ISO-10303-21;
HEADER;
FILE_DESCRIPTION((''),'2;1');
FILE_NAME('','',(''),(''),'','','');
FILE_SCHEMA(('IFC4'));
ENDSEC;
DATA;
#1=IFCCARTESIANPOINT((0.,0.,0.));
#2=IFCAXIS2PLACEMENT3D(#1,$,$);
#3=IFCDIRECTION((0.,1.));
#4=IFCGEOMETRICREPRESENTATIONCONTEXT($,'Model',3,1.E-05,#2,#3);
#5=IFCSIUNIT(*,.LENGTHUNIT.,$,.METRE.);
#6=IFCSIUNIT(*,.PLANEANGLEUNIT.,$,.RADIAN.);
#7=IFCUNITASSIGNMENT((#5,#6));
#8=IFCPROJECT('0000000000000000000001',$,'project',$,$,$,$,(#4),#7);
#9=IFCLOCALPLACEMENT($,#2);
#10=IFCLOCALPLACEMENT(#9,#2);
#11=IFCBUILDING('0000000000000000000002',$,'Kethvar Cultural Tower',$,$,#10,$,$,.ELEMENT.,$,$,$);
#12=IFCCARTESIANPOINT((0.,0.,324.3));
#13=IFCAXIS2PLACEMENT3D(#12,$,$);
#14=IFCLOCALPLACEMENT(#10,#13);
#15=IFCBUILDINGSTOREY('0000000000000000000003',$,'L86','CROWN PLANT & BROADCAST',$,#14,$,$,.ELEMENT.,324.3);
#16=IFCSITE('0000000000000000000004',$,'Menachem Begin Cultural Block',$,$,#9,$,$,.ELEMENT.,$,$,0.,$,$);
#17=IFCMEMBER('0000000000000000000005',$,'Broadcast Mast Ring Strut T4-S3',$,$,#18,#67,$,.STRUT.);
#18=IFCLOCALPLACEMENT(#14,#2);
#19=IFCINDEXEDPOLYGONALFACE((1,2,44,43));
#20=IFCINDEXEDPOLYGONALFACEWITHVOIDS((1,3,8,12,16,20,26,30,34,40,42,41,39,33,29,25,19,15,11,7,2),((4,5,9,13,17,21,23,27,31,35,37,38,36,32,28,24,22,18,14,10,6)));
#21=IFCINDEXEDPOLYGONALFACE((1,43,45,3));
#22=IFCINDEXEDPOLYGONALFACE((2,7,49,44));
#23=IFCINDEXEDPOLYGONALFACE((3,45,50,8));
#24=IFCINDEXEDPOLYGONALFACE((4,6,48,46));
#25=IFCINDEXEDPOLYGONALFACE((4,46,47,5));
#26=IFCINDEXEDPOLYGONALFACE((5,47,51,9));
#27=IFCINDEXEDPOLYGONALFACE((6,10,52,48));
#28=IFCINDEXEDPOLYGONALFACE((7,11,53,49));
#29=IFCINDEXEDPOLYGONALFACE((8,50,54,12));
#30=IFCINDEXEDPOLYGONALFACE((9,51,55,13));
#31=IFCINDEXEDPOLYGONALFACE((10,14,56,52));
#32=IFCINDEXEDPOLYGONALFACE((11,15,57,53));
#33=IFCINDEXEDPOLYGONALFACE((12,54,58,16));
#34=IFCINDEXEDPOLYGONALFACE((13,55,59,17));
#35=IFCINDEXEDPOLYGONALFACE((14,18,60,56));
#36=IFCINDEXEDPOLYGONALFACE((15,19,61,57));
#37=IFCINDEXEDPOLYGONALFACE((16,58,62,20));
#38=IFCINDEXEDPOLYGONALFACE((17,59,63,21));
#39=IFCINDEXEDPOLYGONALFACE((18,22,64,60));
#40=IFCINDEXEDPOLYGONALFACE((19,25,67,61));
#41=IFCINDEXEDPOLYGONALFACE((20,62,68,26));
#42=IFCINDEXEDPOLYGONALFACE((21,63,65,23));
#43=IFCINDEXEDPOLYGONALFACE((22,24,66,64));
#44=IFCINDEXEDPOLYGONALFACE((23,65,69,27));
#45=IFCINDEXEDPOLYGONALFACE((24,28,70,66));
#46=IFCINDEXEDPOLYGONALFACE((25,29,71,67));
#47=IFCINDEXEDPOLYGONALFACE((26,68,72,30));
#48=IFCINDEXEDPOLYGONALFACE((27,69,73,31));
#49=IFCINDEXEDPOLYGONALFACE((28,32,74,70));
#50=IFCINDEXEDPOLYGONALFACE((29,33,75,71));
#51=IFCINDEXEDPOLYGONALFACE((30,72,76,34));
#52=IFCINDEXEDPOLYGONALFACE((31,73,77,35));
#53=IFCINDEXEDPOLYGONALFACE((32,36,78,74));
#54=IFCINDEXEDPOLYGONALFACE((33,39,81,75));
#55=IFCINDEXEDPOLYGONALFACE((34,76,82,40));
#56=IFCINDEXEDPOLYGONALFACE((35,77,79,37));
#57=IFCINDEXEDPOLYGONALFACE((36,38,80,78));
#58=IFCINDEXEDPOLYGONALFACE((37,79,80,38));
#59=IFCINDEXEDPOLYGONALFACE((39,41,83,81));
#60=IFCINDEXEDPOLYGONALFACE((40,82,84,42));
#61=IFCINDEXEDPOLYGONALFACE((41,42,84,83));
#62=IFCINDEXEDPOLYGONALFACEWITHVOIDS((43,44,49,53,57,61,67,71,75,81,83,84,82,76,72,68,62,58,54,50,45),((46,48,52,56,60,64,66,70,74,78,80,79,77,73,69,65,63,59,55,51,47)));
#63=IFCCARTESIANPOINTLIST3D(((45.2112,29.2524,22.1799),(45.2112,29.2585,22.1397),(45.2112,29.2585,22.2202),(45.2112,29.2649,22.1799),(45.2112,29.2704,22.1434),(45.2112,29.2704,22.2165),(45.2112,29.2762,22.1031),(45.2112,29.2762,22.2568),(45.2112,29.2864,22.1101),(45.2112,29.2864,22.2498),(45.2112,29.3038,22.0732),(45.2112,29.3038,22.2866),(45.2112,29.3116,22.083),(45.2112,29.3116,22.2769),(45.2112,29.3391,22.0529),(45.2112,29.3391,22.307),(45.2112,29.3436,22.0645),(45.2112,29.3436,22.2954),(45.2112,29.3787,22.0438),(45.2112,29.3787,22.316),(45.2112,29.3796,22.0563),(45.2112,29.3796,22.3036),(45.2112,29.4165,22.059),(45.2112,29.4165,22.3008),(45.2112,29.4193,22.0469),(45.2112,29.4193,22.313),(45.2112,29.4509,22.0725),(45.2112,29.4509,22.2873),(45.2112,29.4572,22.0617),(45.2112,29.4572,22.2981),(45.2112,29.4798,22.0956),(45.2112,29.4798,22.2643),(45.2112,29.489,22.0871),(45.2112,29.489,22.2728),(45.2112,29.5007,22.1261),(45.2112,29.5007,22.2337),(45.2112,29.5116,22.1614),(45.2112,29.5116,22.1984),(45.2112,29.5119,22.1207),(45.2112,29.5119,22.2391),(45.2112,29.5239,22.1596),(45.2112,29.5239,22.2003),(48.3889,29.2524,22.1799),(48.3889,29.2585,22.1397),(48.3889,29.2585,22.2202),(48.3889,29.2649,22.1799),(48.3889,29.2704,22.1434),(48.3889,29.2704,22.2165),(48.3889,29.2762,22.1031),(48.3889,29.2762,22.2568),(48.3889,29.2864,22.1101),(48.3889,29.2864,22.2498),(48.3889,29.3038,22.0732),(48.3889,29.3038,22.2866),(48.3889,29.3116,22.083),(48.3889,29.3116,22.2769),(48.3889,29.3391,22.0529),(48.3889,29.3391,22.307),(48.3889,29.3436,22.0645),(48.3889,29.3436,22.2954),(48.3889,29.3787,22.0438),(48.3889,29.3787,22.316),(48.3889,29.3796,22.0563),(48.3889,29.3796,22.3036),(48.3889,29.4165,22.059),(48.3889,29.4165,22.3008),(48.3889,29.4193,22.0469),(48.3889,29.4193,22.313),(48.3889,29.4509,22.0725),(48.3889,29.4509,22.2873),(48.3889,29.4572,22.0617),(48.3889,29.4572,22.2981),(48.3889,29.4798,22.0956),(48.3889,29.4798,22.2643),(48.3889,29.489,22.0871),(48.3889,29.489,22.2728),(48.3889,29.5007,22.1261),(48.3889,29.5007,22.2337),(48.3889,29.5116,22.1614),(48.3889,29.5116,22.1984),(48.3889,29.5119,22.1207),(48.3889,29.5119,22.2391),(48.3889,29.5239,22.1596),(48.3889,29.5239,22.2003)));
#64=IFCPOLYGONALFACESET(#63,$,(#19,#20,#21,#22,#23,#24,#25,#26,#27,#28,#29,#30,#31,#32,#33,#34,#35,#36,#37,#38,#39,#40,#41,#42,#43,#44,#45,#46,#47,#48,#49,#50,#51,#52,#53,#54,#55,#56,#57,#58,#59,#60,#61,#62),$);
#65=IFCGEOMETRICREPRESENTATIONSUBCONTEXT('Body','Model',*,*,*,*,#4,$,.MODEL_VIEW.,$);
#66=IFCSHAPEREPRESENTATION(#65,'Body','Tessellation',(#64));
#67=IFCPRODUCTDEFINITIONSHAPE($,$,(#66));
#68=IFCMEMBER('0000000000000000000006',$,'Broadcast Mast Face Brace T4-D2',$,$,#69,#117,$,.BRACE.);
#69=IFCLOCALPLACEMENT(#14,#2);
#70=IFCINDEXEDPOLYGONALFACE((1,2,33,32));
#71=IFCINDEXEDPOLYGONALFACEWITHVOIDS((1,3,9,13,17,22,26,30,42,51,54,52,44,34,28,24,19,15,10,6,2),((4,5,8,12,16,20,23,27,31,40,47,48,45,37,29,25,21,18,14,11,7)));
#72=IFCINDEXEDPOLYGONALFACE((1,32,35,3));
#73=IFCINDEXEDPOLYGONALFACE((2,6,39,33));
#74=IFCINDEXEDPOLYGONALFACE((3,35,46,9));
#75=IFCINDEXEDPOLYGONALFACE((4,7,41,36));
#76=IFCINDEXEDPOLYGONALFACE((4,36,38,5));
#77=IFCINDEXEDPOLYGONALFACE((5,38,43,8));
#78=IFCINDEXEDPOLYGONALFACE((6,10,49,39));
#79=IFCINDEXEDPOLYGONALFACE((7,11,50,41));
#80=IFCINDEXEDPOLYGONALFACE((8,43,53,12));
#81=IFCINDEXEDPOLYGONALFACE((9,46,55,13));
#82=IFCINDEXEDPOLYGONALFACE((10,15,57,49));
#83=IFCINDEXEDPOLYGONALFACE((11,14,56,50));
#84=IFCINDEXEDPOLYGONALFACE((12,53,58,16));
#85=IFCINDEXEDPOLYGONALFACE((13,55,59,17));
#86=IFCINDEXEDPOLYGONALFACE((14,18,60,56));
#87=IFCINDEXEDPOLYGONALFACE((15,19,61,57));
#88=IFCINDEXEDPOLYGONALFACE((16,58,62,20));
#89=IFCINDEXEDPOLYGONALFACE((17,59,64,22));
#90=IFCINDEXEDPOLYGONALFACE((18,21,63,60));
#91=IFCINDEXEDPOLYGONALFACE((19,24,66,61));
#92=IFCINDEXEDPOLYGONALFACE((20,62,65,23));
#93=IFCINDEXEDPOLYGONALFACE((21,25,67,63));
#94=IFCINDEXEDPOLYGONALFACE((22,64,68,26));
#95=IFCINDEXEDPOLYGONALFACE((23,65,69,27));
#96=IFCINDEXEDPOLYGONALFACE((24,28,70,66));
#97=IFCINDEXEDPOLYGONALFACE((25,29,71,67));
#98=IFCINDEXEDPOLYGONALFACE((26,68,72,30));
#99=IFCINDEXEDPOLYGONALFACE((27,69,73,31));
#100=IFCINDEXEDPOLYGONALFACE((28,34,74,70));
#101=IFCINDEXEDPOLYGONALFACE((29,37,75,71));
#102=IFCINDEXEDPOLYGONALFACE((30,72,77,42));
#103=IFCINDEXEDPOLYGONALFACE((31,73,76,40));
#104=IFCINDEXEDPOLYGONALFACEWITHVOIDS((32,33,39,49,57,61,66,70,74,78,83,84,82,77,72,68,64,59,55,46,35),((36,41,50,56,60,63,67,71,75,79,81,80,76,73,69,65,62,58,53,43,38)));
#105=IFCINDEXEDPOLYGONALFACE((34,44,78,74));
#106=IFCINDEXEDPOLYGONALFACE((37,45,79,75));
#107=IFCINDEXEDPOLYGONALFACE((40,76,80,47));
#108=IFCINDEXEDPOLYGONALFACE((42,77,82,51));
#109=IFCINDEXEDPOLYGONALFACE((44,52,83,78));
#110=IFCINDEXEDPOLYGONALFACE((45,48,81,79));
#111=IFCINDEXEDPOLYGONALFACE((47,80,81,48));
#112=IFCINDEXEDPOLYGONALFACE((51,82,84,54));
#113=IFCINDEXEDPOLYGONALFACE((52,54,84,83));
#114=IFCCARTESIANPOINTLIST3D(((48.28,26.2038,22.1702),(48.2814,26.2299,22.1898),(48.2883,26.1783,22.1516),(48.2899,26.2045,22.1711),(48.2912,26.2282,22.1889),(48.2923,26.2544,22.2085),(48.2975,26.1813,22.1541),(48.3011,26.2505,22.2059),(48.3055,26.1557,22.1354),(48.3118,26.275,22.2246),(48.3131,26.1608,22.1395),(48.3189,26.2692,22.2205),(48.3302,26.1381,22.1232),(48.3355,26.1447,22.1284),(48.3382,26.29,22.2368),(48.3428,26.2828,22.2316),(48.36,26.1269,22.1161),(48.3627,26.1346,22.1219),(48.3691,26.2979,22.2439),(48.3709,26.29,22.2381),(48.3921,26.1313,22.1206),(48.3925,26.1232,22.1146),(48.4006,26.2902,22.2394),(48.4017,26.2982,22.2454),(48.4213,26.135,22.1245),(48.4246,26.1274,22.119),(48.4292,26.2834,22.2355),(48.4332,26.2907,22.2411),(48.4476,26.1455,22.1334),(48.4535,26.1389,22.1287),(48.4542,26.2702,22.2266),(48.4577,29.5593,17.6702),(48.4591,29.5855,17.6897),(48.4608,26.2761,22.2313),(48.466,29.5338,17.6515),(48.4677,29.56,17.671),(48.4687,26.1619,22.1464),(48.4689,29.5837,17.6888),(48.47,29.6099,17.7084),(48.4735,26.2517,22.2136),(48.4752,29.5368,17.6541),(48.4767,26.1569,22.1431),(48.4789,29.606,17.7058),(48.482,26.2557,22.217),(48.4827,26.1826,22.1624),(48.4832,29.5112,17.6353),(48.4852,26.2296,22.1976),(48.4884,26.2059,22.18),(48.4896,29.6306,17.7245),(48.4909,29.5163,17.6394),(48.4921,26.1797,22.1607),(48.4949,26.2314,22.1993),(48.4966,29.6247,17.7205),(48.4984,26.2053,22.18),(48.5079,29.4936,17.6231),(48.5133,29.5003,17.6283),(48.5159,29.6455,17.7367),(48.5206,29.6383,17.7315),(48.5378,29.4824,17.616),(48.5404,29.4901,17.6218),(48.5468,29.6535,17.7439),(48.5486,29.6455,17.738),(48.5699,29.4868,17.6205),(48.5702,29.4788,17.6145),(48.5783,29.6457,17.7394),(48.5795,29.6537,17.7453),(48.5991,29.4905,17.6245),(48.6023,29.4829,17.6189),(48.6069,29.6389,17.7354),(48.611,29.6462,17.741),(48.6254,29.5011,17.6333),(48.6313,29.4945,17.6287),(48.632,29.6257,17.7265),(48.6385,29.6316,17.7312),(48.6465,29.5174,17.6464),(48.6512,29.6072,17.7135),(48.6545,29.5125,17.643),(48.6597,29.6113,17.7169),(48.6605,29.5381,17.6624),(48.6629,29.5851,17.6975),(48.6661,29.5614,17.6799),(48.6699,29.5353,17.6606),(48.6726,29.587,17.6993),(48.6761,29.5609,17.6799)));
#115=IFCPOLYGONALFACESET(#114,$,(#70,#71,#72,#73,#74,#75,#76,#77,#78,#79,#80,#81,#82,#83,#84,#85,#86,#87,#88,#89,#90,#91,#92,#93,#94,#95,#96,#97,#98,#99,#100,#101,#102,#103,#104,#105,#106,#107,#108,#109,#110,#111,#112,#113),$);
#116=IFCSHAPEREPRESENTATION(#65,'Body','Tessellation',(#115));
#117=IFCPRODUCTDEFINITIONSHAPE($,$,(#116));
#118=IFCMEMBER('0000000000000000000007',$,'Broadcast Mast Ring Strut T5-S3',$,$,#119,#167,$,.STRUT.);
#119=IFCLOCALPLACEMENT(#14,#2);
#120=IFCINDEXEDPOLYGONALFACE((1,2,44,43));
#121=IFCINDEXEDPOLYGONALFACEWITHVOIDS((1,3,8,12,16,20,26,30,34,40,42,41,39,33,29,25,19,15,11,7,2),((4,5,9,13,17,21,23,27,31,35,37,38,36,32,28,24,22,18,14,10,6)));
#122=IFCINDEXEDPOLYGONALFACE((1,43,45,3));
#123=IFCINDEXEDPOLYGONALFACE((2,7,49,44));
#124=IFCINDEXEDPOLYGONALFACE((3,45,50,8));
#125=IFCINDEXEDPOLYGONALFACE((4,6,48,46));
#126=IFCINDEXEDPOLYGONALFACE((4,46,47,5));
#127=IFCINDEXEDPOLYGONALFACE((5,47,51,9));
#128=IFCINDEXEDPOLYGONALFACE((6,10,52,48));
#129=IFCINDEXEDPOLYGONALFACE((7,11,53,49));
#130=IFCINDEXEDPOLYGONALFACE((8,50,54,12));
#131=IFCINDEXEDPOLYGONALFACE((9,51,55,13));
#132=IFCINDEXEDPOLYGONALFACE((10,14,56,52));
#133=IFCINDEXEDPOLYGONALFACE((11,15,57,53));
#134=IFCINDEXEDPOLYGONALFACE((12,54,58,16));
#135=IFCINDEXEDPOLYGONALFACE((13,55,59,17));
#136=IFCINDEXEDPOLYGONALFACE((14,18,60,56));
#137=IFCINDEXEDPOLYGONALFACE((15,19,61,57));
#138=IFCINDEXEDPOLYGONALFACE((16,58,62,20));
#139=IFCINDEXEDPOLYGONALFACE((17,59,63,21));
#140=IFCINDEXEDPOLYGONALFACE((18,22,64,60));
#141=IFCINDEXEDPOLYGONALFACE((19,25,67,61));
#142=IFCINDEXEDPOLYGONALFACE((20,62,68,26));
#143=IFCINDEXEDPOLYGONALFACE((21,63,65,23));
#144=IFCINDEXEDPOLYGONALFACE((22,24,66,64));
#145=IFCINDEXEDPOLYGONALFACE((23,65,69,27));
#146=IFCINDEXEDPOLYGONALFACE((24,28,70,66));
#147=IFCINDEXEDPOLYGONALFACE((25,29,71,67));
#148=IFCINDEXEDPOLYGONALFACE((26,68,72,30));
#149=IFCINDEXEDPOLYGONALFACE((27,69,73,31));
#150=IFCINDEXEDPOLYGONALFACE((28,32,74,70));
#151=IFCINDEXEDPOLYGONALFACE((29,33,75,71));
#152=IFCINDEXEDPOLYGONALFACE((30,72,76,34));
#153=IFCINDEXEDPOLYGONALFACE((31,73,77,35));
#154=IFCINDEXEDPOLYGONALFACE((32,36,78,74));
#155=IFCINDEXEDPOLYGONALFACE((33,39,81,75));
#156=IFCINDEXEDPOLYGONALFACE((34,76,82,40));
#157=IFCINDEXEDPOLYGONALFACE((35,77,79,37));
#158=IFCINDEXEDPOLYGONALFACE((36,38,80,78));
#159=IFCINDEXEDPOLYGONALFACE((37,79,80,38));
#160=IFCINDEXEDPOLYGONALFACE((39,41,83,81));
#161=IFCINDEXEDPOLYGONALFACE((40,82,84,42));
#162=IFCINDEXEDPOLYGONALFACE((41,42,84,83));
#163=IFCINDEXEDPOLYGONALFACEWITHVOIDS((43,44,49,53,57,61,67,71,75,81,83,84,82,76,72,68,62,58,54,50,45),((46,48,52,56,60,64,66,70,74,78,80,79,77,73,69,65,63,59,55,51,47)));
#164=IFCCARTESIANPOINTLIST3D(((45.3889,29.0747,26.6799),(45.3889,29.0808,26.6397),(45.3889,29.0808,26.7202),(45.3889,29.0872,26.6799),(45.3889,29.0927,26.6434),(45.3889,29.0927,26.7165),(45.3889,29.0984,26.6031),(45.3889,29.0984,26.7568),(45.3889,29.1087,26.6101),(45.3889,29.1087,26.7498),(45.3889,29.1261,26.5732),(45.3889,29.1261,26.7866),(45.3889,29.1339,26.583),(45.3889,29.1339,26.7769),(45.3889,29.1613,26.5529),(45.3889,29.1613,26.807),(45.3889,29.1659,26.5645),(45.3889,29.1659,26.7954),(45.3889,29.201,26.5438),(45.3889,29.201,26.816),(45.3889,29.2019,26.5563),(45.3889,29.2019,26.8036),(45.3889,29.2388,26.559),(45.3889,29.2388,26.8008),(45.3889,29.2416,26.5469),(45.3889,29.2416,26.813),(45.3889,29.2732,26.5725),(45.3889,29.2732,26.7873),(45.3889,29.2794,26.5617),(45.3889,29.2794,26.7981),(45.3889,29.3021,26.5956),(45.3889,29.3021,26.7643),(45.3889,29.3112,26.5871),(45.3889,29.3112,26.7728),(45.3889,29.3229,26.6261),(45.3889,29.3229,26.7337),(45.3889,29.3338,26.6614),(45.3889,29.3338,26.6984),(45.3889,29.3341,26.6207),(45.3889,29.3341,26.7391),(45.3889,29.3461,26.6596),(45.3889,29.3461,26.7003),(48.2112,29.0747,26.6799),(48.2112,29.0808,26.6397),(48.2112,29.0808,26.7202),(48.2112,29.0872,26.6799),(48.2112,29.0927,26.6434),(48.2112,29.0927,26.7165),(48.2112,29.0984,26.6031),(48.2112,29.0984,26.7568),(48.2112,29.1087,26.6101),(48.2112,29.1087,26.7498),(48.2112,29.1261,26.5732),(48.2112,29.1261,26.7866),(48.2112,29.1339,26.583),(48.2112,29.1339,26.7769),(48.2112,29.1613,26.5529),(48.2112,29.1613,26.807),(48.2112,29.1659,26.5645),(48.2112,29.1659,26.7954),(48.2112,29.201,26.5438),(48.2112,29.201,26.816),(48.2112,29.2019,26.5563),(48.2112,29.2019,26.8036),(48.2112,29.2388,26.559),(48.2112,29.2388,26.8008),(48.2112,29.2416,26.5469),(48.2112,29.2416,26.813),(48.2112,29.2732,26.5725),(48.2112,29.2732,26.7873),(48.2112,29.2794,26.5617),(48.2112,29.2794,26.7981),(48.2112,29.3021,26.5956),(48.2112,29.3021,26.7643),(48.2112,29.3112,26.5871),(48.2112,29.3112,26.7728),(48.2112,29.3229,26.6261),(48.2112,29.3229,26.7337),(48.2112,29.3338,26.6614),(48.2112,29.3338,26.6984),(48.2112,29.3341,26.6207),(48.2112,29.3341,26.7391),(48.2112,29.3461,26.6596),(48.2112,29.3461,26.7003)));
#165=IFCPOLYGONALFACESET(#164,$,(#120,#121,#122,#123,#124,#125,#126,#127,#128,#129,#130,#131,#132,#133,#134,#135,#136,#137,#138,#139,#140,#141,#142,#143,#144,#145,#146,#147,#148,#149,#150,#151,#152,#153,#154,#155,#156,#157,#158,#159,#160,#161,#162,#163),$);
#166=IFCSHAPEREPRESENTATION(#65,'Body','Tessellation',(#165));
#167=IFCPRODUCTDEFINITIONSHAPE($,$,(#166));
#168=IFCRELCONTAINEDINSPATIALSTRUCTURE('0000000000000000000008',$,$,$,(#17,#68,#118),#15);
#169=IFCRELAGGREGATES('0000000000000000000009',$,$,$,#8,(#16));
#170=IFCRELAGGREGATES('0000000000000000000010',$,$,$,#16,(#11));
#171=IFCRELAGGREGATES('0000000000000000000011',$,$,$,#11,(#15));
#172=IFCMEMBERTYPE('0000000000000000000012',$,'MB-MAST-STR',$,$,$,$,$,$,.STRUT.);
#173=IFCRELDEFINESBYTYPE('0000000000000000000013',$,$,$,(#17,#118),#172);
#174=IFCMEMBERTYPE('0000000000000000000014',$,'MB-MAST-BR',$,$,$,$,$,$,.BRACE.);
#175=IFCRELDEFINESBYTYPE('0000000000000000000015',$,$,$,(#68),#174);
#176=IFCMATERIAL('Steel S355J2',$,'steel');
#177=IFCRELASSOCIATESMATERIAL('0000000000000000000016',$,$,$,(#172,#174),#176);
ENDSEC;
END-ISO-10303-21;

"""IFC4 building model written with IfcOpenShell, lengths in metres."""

from ifc_helpers import new_model, si_unit, direction, frame, origin, origin_2d, place, context, subcontext, project, spatial, hollow_circle, extrude, source, transform, mapped, material, material_profile, profile_set, type_object, element, save


model = new_model("IFC4")

# Units and contexts
model_context = context("Model", 3, precision=1e-05, world=origin(), true_north=direction((0.0, 1.0)))
body_context = subcontext(model_context, "Body", "Model", "MODEL_VIEW")
ifc_project = project(units=[si_unit("LENGTHUNIT", "METRE"), si_unit("PLANEANGLEUNIT", "RADIAN")], contexts=[model_context])

# Site, building, storey
site_placement = place(None, origin())
site = spatial("IfcSite", under=ifc_project, at=site_placement, Name="Menachem Begin Cultural Block", CompositionType="ELEMENT", RefElevation=0.0)
building_placement = place(site_placement, origin())
building = spatial("IfcBuilding", under=site, at=building_placement, Name="Kethvar Cultural Tower", CompositionType="ELEMENT")
storey_placement = place(building_placement, frame((0.0, 0.0, 324.3)))
storey = spatial("IfcBuildingStorey", under=building, at=storey_placement, Name="L86", Description="CROWN PLANT & BROADCAST", CompositionType="ELEMENT", Elevation=324.3)

# Shared definitions
ifc_material_1 = material(Name="Steel S355J2", Category="steel")

# Members
ifc_material_profile_1 = material_profile(ifc_material_1, hollow_circle(Radius=0.1365, WallThickness=0.0125, at=origin_2d()), Name="Steel S355J2 — CHS273x12.5")
ifc_profile_set_1 = profile_set([ifc_material_profile_1], Name="Steel S355J2 — CHS273x12.5")
member_type_1 = type_object("IfcMemberType", Name="MB-MAST-STR", PredefinedType="STRUT", material=ifc_profile_set_1)
ifc_material_profile_2 = material_profile(ifc_material_1, hollow_circle(Radius=0.1096, WallThickness=0.01, at=origin_2d()), Name="Steel S355J2 — CHS219x10")
ifc_profile_set_2 = profile_set([ifc_material_profile_2], Name="Steel S355J2 — CHS219x10")
member_type_2 = type_object("IfcMemberType", Name="MB-MAST-BR", PredefinedType="BRACE", material=ifc_profile_set_2)
shared_shape_1 = source(origin(), body_context, "Body", "SweptSolid", [
    extrude(hollow_circle(Radius=0.1365, WallThickness=0.0125, at=origin_2d()), origin(), (0.0, 0.0, 1.0), 3.1777),
])
member_1_placement = place(storey_placement, frame((48.3889, 29.3889, 22.1799), z_axis=(-1.0, 0.0, 0.0), x_axis=(0.0, -1.0, 0.0)))
element("IfcMember", 1, at=member_1_placement, inside=storey, type_object=member_type_1, Name="Broadcast Mast Ring Strut T4-S3", PredefinedType="STRUT", context=body_context, shape_type="MappedRepresentation", body=[
    mapped(shared_shape_1, transform((0.0, 0.0, 0.0), scale=1.0)),
])
shared_shape_2 = source(origin(), body_context, "Body", "SweptSolid", [
    extrude(hollow_circle(Radius=0.1096, WallThickness=0.01, at=origin_2d()), origin(), (0.0, 0.0, 1.0), 5.6162),
])
member_2_placement = place(storey_placement, frame((48.5667, 29.5667, 17.6799), z_axis=(-0.031647, -0.597471, 0.801265), x_axis=(0.9986, -0.052894, 0.0)))
element("IfcMember", 2, at=member_2_placement, inside=storey, type_object=member_type_2, Name="Broadcast Mast Face Brace T4-D2", PredefinedType="BRACE", context=body_context, shape_type="MappedRepresentation", body=[
    mapped(shared_shape_2, transform((0.0, 0.0, 0.0), scale=1.0)),
])
shared_shape_3 = source(origin(), body_context, "Body", "SweptSolid", [
    extrude(hollow_circle(Radius=0.1365, WallThickness=0.0125, at=origin_2d()), origin(), (0.0, 0.0, 1.0), 2.8223),
])
member_3_placement = place(storey_placement, frame((48.2112, 29.2112, 26.6799), z_axis=(-1.0, 0.0, 0.0), x_axis=(0.0, -1.0, 0.0)))
element("IfcMember", 3, at=member_3_placement, inside=storey, type_object=member_type_1, Name="Broadcast Mast Ring Strut T5-S3", PredefinedType="STRUT", context=body_context, shape_type="MappedRepresentation", body=[
    mapped(shared_shape_3, transform((0.0, 0.0, 0.0), scale=1.0)),
])

save(model, "model.ifc")
